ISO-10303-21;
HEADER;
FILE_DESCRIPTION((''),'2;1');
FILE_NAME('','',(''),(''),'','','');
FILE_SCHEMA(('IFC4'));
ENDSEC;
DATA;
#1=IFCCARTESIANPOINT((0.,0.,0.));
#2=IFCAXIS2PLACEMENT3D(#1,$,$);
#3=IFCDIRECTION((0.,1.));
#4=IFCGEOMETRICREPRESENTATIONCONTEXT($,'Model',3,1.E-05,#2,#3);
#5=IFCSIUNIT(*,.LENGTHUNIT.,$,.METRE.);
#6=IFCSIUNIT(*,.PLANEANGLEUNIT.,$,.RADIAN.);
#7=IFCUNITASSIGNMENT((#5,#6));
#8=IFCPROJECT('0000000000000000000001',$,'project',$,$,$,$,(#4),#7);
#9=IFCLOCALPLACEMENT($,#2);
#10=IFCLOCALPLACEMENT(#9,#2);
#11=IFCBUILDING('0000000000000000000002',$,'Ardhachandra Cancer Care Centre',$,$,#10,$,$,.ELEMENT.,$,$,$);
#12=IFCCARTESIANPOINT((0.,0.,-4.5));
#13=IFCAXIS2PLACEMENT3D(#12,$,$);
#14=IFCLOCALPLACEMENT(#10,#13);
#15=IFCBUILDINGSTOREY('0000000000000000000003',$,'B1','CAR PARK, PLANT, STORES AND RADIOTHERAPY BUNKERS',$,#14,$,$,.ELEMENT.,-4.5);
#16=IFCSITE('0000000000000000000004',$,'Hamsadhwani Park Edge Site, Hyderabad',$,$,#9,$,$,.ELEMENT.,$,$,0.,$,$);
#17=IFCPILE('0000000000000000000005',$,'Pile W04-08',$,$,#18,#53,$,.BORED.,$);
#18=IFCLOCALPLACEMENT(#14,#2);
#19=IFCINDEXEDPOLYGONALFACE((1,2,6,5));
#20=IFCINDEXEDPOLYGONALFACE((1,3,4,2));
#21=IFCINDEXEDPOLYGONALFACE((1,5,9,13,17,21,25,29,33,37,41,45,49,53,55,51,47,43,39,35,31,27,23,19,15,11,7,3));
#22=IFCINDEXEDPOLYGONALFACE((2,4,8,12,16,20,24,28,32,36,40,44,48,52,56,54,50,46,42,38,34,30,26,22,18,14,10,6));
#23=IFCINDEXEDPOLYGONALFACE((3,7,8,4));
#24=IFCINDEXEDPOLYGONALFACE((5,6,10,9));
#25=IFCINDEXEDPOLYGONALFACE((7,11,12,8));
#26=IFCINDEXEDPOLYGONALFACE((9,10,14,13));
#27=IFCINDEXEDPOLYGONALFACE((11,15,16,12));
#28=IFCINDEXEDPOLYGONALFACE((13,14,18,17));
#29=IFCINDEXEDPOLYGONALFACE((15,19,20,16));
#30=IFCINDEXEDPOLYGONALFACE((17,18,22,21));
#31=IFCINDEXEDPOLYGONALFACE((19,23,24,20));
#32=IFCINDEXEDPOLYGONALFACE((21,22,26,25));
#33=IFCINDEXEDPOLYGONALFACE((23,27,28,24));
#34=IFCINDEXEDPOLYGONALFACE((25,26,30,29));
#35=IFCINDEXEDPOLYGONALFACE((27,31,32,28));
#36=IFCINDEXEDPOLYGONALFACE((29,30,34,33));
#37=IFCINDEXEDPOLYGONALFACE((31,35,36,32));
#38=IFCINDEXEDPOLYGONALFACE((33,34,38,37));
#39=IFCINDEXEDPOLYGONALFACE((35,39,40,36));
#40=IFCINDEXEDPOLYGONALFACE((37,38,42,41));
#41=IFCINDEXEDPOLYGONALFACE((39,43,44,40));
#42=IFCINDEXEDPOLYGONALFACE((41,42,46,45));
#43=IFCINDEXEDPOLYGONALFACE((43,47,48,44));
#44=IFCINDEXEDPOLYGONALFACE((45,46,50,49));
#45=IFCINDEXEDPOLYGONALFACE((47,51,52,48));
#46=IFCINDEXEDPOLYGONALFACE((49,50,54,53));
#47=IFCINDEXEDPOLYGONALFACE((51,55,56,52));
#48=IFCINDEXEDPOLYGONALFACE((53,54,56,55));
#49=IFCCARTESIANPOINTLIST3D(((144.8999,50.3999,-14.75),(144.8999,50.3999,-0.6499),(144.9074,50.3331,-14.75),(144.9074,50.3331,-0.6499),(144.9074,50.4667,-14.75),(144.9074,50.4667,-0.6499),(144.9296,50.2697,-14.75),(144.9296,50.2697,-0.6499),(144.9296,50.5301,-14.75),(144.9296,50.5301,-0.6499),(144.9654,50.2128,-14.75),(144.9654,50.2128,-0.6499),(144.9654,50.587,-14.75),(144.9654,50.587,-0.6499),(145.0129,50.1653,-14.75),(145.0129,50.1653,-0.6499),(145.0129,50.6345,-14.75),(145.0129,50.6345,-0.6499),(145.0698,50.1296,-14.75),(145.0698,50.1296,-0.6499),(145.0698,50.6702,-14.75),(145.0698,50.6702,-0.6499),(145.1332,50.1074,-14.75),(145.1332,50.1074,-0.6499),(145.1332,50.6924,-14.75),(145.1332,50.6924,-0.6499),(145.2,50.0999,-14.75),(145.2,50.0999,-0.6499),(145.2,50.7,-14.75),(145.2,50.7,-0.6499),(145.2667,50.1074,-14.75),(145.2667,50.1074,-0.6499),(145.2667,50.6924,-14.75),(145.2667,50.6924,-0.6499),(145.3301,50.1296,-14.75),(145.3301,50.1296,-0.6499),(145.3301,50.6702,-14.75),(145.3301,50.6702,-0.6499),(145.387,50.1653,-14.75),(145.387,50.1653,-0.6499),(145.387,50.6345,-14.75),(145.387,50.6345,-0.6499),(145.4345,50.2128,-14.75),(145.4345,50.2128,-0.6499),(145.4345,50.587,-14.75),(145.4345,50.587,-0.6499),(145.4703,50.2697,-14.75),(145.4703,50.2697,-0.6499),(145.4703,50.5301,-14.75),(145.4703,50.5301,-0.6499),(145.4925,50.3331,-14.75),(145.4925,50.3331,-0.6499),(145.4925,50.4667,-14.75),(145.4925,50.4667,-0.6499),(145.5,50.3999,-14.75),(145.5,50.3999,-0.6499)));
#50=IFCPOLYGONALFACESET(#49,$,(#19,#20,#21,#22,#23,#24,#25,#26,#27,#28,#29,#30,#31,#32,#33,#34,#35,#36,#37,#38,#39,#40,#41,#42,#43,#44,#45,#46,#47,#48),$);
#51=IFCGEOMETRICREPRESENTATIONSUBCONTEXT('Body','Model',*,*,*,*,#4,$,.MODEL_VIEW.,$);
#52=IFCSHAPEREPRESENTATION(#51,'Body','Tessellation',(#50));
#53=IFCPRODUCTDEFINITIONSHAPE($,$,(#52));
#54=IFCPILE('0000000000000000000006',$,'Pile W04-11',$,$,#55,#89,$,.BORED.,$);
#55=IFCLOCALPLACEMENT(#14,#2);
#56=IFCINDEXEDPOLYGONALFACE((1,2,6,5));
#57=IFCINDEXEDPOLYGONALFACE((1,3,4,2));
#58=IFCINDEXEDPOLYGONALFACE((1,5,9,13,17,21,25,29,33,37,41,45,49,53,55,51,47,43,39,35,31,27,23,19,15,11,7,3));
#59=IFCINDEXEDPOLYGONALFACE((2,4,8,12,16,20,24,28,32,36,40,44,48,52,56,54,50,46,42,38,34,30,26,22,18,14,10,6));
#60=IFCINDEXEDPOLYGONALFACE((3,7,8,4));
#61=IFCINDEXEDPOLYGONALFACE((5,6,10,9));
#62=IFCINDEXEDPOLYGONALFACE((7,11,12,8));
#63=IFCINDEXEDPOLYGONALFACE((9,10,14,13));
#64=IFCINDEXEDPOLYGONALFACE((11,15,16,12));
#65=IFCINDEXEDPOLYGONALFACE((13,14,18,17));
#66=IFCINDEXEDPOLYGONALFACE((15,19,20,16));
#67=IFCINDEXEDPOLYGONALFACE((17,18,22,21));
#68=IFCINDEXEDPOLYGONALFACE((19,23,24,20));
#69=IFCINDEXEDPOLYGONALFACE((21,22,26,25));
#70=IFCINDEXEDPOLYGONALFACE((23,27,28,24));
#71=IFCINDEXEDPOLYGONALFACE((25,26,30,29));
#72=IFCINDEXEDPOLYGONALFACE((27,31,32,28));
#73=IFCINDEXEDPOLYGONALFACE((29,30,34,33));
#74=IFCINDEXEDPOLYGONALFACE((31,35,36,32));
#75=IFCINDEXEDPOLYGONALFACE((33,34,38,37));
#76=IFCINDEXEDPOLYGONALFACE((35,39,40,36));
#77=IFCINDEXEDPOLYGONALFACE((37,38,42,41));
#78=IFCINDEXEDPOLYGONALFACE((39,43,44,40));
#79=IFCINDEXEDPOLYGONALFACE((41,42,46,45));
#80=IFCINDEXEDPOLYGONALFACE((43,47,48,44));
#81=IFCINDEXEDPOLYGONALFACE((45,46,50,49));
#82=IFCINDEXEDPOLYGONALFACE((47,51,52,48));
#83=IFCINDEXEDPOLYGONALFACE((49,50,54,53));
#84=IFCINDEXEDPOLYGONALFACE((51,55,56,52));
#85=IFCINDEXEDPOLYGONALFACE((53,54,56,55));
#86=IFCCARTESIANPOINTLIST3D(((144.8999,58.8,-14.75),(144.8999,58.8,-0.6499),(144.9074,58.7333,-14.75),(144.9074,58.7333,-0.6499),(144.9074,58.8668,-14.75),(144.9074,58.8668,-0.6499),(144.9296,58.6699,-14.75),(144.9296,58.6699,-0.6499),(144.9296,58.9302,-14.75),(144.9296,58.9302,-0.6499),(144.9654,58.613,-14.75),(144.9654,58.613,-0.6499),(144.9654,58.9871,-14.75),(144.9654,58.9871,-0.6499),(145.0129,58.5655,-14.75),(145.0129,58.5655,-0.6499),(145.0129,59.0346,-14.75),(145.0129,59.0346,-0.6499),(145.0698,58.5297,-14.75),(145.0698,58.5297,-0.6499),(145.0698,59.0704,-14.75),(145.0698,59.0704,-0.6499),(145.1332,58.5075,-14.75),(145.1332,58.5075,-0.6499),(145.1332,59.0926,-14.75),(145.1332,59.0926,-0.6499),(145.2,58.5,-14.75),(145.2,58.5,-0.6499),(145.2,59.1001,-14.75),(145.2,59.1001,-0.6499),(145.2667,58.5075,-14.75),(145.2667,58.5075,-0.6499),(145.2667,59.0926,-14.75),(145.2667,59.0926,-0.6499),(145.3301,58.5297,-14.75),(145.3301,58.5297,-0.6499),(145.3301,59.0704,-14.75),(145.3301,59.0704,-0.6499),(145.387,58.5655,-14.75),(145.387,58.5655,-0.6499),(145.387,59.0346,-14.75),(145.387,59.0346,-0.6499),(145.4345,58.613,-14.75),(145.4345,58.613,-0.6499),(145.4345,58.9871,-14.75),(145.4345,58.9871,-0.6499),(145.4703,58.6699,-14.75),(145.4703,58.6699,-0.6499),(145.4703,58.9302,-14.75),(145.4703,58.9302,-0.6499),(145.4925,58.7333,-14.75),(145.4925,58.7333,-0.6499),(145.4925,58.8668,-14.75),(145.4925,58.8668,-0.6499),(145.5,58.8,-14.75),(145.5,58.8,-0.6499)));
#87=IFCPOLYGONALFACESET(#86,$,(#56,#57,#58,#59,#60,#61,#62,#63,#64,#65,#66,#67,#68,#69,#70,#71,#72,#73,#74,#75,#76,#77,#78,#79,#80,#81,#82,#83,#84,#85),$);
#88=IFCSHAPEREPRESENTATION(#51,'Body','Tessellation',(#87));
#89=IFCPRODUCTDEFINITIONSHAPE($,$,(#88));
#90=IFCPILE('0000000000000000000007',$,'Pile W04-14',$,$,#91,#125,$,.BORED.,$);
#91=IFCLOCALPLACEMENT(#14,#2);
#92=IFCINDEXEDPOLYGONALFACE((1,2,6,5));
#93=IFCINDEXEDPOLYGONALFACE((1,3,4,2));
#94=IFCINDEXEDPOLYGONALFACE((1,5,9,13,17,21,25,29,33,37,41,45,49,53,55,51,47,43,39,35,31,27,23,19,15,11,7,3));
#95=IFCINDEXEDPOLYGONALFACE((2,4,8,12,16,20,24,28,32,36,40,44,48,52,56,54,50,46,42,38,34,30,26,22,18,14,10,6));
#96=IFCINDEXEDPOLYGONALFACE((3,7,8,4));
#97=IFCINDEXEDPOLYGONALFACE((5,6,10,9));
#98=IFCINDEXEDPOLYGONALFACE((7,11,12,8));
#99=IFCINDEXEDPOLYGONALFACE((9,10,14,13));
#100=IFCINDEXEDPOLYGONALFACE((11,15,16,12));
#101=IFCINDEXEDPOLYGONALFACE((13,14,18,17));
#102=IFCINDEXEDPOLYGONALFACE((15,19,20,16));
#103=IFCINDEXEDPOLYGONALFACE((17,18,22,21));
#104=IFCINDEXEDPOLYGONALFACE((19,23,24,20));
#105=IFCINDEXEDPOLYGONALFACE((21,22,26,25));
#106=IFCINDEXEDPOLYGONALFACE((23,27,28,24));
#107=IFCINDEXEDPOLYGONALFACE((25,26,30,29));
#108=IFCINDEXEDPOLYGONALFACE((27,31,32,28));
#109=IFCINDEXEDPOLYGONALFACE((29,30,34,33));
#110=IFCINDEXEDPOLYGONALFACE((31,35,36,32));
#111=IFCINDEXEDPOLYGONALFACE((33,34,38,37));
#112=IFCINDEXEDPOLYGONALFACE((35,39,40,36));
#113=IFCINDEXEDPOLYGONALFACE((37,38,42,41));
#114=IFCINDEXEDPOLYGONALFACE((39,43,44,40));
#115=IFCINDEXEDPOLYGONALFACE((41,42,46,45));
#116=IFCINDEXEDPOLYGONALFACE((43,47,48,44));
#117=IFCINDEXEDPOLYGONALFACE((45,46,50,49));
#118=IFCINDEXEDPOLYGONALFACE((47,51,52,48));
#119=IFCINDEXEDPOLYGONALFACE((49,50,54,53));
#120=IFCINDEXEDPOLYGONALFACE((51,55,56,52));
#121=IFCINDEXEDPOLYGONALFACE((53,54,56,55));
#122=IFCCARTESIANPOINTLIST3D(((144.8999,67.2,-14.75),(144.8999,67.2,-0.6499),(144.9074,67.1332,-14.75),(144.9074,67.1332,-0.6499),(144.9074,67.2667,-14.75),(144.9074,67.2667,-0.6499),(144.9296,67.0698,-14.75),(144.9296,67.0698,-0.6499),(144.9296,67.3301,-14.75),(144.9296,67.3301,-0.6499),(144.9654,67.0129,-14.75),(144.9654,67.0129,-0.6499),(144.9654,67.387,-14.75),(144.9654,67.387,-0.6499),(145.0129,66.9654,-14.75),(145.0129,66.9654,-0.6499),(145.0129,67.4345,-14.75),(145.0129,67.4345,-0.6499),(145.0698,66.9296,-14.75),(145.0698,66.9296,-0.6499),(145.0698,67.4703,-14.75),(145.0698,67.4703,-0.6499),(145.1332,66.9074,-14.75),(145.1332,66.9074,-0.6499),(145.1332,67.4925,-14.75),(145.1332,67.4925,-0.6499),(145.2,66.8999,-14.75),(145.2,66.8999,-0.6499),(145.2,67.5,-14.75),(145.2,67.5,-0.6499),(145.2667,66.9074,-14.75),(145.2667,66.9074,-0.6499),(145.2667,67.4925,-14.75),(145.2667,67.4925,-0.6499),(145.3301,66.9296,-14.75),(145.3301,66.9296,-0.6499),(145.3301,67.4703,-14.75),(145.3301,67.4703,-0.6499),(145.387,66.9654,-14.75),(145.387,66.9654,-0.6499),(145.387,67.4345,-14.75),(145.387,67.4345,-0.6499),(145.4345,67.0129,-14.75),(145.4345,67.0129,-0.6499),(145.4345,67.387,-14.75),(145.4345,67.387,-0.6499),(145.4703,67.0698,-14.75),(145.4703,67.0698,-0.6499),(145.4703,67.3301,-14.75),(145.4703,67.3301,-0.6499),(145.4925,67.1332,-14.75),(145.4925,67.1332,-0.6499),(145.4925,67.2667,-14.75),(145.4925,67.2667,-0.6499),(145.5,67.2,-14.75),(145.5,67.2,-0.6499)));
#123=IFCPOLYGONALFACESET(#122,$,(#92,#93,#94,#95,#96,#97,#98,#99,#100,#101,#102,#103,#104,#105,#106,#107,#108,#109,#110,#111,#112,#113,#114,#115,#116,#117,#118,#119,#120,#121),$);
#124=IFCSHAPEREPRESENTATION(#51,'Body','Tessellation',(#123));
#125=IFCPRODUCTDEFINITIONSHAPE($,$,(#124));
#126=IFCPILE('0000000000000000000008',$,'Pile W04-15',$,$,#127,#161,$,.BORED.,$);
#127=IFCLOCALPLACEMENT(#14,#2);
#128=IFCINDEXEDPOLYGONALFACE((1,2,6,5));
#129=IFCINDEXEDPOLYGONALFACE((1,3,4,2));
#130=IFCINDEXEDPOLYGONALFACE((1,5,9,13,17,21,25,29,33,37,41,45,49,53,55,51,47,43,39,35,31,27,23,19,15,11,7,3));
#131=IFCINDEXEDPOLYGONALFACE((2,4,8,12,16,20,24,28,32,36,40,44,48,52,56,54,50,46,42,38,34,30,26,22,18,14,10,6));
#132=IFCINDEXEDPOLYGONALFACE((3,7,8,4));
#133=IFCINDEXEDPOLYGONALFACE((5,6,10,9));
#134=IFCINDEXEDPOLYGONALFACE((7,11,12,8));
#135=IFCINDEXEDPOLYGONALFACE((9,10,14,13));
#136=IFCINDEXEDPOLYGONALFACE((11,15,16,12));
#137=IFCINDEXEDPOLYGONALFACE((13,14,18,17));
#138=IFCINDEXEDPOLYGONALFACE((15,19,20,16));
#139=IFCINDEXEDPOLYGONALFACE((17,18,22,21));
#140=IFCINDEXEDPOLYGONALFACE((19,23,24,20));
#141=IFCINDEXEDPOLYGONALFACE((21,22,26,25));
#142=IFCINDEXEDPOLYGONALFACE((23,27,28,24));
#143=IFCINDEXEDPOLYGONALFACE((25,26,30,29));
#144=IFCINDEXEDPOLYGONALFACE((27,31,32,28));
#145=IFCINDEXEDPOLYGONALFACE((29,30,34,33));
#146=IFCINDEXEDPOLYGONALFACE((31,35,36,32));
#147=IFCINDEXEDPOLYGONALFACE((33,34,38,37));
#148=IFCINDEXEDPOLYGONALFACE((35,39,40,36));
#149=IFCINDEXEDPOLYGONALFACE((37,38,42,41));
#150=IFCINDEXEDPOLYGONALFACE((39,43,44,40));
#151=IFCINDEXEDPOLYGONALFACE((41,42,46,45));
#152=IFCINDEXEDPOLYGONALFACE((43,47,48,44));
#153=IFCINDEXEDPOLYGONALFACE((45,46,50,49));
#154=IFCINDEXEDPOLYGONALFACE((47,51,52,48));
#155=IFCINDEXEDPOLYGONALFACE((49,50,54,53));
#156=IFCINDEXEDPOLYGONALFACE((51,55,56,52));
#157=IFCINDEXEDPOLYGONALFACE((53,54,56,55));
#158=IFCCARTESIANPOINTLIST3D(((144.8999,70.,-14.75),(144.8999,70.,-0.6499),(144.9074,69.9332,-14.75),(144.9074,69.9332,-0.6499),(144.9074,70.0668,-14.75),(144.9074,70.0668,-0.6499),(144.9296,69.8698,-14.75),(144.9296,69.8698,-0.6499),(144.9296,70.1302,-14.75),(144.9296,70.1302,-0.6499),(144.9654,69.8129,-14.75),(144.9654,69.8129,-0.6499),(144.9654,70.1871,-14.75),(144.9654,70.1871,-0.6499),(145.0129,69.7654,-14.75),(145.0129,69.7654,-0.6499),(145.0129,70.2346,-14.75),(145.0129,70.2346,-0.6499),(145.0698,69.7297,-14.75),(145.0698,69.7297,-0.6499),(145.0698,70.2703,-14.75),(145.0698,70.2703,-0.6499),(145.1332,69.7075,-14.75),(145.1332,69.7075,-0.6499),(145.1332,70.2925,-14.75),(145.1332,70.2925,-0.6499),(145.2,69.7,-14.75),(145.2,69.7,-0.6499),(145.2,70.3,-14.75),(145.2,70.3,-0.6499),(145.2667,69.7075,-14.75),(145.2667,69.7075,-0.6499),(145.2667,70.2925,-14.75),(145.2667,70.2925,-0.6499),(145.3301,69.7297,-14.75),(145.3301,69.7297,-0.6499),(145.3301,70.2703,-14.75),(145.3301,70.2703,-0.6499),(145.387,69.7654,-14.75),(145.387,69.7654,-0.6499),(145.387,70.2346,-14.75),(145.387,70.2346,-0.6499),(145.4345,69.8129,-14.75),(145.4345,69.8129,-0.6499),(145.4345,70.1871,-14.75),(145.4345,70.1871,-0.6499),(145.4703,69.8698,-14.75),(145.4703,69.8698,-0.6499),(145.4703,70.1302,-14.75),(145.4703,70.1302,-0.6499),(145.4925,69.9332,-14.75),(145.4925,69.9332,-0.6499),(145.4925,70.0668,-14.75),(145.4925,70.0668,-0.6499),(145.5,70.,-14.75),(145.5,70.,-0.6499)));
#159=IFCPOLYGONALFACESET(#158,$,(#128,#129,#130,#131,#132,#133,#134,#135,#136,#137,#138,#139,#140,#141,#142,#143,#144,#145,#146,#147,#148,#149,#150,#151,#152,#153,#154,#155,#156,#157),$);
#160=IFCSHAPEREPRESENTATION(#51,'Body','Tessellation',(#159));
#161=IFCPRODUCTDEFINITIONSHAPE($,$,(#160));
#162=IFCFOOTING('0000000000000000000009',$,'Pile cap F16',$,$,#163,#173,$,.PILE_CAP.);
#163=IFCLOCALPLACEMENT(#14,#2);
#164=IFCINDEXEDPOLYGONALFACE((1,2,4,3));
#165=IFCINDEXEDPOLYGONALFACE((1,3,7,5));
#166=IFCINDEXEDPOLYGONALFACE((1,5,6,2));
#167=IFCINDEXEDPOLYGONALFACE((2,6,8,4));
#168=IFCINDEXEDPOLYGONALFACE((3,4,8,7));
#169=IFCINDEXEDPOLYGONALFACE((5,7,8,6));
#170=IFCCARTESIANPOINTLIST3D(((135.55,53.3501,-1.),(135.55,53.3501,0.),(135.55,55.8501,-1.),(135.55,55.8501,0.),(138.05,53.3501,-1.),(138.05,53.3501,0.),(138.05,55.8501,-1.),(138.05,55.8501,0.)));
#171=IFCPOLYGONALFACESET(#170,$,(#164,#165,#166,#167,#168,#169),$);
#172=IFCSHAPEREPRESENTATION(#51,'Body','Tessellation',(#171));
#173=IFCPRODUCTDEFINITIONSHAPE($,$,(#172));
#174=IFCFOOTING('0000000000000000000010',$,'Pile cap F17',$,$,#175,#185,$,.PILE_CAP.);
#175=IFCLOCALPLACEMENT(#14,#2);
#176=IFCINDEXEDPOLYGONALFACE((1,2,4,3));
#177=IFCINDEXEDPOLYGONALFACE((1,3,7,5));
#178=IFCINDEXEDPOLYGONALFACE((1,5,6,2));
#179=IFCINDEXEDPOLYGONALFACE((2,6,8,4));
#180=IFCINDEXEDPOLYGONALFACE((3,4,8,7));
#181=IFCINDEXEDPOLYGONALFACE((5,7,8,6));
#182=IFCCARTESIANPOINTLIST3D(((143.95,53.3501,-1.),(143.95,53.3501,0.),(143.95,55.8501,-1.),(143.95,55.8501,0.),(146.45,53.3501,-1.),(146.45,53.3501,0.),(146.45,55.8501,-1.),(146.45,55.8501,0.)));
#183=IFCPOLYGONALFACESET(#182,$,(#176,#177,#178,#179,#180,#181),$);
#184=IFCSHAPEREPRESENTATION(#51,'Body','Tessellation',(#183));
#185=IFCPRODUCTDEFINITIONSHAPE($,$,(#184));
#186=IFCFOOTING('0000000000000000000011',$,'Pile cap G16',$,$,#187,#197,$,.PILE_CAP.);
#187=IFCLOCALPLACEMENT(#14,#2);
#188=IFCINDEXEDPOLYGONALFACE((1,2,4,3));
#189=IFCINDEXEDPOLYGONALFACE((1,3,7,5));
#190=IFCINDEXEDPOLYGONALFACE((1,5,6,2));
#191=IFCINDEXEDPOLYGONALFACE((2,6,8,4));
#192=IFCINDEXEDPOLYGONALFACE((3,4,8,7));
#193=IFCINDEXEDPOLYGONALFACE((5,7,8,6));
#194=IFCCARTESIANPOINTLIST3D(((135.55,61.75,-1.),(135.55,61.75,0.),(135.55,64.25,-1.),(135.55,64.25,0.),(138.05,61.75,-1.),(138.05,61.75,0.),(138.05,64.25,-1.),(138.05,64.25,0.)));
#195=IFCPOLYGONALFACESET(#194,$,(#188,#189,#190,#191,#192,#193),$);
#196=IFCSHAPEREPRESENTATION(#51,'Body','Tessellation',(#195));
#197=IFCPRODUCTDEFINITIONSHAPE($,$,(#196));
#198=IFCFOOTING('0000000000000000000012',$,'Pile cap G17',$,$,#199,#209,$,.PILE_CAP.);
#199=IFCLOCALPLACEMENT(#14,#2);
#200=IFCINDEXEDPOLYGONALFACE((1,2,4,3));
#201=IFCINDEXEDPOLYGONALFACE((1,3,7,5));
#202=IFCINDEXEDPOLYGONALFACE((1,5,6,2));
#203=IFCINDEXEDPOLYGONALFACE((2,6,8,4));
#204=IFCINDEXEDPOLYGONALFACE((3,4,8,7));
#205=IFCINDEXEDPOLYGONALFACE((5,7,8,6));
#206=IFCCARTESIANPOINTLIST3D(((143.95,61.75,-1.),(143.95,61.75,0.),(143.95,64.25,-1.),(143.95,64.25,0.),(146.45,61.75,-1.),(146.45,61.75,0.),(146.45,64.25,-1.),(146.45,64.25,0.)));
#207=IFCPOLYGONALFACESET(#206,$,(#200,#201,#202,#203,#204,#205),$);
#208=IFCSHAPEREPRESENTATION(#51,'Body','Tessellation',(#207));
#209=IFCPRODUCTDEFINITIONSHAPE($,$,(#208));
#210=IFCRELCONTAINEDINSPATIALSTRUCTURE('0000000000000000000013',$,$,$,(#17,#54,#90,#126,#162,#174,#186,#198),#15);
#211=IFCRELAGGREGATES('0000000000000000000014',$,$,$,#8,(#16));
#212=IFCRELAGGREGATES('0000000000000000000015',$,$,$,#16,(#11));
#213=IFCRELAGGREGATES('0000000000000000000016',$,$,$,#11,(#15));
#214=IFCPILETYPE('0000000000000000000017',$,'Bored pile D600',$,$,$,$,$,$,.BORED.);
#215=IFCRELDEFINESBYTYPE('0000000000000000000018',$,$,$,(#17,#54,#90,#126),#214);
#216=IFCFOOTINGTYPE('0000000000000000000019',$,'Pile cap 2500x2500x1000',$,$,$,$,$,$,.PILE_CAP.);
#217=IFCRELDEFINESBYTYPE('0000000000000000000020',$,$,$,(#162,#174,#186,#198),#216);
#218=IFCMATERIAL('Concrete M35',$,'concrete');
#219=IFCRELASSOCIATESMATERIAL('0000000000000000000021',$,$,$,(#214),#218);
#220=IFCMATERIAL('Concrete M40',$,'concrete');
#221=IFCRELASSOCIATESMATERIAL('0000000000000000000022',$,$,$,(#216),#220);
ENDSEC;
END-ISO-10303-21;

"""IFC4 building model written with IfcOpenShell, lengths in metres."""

from ifc_helpers import new_model, si_unit, direction, frame, origin, origin_2d, place, context, subcontext, project, spatial, rectangle, circle, extrude, material, material_profile, profile_set, type_object, element, save


model = new_model("IFC4")

# Units and contexts
model_context = context("Model", 3, precision=1e-05, world=origin(), true_north=direction((0.0, 1.0)))
body_context = subcontext(model_context, "Body", "Model", "MODEL_VIEW")
ifc_project = project(units=[si_unit("LENGTHUNIT", "METRE"), si_unit("PLANEANGLEUNIT", "RADIAN")], contexts=[model_context])

# Site, building, storey
site_placement = place(None, origin())
site = spatial("IfcSite", under=ifc_project, at=site_placement, Name="Hamsadhwani Park Edge Site, Hyderabad", CompositionType="ELEMENT", RefElevation=0.0)
building_placement = place(site_placement, origin())
building = spatial("IfcBuilding", under=site, at=building_placement, Name="Ardhachandra Cancer Care Centre", CompositionType="ELEMENT")
storey_placement = place(building_placement, frame((0.0, 0.0, -4.5)))
storey = spatial("IfcBuildingStorey", under=building, at=storey_placement, Name="B1", Description="CAR PARK, PLANT, STORES AND RADIOTHERAPY BUNKERS", CompositionType="ELEMENT", Elevation=-4.5)

# Piles
ifc_material_1 = material(Name="Concrete M35", Category="concrete")
ifc_material_profile_1 = material_profile(ifc_material_1, circle(Radius=0.3, at=origin_2d()), Name="D600")
ifc_profile_set_1 = profile_set([ifc_material_profile_1], Name="Concrete M35")
pile_type = type_object("IfcPileType", Name="Bored pile D600", PredefinedType="BORED", material=ifc_profile_set_1)
for number, where, z_axis, x_axis, name in (
    (1, (145.2, 50.3999, -0.6499), (0.0, 0.0, -1.0), (1.0, 0.0, 0.0), "Pile W04-08"),
    (2, (145.2, 58.8, -0.6499), (0.0, 0.0, -1.0), (1.0, 0.0, 0.0), "Pile W04-11"),
    (3, (145.2, 67.2, -0.6499), (0.0, 0.0, -1.0), (1.0, 0.0, 0.0), "Pile W04-14"),
    (4, (145.2, 70.0, -0.6499), (0.0, 0.0, -1.0), (1.0, 0.0, 0.0), "Pile W04-15"),
):
    element("IfcPile", number, at=place(storey_placement, frame(where, z_axis=z_axis, x_axis=x_axis)), inside=storey, type_object=pile_type, Name=name, PredefinedType="BORED", context=body_context, shape_type="SweptSolid", body=[
        extrude(circle(Radius=0.3, at=origin_2d()), origin(), (0.0, 0.0, 1.0), 14.1001),
    ])

# Footings
ifc_material_2 = material(Name="Concrete M40", Category="concrete")
footing_type_1 = type_object("IfcFootingType", Name="Pile cap 2500x2500x1000", PredefinedType="PILE_CAP", material=ifc_material_2)
for number, where, z_axis, x_axis, name in (
    (5, (136.8, 54.6001, -1.0), (0.0, 0.0, 1.0), (1.0, 0.0, 0.0), "Pile cap F16"),
    (6, (145.2, 54.6001, -1.0), (0.0, 0.0, 1.0), (1.0, 0.0, 0.0), "Pile cap F17"),
    (7, (136.8, 63.0, -1.0), (0.0, 0.0, 1.0), (1.0, 0.0, 0.0), "Pile cap G16"),
    (8, (145.2, 63.0, -1.0), (0.0, 0.0, 1.0), (1.0, 0.0, 0.0), "Pile cap G17"),
):
    element("IfcFooting", number, at=place(storey_placement, frame(where, z_axis=z_axis, x_axis=x_axis)), inside=storey, type_object=footing_type_1, Name=name, PredefinedType="PILE_CAP", context=body_context, shape_type="SweptSolid", body=[
        extrude(rectangle(XDim=2.5, YDim=2.5, at=origin_2d()), origin(), (0.0, 0.0, 1.0), 1.0),
    ])

save(model, "model.ifc")
